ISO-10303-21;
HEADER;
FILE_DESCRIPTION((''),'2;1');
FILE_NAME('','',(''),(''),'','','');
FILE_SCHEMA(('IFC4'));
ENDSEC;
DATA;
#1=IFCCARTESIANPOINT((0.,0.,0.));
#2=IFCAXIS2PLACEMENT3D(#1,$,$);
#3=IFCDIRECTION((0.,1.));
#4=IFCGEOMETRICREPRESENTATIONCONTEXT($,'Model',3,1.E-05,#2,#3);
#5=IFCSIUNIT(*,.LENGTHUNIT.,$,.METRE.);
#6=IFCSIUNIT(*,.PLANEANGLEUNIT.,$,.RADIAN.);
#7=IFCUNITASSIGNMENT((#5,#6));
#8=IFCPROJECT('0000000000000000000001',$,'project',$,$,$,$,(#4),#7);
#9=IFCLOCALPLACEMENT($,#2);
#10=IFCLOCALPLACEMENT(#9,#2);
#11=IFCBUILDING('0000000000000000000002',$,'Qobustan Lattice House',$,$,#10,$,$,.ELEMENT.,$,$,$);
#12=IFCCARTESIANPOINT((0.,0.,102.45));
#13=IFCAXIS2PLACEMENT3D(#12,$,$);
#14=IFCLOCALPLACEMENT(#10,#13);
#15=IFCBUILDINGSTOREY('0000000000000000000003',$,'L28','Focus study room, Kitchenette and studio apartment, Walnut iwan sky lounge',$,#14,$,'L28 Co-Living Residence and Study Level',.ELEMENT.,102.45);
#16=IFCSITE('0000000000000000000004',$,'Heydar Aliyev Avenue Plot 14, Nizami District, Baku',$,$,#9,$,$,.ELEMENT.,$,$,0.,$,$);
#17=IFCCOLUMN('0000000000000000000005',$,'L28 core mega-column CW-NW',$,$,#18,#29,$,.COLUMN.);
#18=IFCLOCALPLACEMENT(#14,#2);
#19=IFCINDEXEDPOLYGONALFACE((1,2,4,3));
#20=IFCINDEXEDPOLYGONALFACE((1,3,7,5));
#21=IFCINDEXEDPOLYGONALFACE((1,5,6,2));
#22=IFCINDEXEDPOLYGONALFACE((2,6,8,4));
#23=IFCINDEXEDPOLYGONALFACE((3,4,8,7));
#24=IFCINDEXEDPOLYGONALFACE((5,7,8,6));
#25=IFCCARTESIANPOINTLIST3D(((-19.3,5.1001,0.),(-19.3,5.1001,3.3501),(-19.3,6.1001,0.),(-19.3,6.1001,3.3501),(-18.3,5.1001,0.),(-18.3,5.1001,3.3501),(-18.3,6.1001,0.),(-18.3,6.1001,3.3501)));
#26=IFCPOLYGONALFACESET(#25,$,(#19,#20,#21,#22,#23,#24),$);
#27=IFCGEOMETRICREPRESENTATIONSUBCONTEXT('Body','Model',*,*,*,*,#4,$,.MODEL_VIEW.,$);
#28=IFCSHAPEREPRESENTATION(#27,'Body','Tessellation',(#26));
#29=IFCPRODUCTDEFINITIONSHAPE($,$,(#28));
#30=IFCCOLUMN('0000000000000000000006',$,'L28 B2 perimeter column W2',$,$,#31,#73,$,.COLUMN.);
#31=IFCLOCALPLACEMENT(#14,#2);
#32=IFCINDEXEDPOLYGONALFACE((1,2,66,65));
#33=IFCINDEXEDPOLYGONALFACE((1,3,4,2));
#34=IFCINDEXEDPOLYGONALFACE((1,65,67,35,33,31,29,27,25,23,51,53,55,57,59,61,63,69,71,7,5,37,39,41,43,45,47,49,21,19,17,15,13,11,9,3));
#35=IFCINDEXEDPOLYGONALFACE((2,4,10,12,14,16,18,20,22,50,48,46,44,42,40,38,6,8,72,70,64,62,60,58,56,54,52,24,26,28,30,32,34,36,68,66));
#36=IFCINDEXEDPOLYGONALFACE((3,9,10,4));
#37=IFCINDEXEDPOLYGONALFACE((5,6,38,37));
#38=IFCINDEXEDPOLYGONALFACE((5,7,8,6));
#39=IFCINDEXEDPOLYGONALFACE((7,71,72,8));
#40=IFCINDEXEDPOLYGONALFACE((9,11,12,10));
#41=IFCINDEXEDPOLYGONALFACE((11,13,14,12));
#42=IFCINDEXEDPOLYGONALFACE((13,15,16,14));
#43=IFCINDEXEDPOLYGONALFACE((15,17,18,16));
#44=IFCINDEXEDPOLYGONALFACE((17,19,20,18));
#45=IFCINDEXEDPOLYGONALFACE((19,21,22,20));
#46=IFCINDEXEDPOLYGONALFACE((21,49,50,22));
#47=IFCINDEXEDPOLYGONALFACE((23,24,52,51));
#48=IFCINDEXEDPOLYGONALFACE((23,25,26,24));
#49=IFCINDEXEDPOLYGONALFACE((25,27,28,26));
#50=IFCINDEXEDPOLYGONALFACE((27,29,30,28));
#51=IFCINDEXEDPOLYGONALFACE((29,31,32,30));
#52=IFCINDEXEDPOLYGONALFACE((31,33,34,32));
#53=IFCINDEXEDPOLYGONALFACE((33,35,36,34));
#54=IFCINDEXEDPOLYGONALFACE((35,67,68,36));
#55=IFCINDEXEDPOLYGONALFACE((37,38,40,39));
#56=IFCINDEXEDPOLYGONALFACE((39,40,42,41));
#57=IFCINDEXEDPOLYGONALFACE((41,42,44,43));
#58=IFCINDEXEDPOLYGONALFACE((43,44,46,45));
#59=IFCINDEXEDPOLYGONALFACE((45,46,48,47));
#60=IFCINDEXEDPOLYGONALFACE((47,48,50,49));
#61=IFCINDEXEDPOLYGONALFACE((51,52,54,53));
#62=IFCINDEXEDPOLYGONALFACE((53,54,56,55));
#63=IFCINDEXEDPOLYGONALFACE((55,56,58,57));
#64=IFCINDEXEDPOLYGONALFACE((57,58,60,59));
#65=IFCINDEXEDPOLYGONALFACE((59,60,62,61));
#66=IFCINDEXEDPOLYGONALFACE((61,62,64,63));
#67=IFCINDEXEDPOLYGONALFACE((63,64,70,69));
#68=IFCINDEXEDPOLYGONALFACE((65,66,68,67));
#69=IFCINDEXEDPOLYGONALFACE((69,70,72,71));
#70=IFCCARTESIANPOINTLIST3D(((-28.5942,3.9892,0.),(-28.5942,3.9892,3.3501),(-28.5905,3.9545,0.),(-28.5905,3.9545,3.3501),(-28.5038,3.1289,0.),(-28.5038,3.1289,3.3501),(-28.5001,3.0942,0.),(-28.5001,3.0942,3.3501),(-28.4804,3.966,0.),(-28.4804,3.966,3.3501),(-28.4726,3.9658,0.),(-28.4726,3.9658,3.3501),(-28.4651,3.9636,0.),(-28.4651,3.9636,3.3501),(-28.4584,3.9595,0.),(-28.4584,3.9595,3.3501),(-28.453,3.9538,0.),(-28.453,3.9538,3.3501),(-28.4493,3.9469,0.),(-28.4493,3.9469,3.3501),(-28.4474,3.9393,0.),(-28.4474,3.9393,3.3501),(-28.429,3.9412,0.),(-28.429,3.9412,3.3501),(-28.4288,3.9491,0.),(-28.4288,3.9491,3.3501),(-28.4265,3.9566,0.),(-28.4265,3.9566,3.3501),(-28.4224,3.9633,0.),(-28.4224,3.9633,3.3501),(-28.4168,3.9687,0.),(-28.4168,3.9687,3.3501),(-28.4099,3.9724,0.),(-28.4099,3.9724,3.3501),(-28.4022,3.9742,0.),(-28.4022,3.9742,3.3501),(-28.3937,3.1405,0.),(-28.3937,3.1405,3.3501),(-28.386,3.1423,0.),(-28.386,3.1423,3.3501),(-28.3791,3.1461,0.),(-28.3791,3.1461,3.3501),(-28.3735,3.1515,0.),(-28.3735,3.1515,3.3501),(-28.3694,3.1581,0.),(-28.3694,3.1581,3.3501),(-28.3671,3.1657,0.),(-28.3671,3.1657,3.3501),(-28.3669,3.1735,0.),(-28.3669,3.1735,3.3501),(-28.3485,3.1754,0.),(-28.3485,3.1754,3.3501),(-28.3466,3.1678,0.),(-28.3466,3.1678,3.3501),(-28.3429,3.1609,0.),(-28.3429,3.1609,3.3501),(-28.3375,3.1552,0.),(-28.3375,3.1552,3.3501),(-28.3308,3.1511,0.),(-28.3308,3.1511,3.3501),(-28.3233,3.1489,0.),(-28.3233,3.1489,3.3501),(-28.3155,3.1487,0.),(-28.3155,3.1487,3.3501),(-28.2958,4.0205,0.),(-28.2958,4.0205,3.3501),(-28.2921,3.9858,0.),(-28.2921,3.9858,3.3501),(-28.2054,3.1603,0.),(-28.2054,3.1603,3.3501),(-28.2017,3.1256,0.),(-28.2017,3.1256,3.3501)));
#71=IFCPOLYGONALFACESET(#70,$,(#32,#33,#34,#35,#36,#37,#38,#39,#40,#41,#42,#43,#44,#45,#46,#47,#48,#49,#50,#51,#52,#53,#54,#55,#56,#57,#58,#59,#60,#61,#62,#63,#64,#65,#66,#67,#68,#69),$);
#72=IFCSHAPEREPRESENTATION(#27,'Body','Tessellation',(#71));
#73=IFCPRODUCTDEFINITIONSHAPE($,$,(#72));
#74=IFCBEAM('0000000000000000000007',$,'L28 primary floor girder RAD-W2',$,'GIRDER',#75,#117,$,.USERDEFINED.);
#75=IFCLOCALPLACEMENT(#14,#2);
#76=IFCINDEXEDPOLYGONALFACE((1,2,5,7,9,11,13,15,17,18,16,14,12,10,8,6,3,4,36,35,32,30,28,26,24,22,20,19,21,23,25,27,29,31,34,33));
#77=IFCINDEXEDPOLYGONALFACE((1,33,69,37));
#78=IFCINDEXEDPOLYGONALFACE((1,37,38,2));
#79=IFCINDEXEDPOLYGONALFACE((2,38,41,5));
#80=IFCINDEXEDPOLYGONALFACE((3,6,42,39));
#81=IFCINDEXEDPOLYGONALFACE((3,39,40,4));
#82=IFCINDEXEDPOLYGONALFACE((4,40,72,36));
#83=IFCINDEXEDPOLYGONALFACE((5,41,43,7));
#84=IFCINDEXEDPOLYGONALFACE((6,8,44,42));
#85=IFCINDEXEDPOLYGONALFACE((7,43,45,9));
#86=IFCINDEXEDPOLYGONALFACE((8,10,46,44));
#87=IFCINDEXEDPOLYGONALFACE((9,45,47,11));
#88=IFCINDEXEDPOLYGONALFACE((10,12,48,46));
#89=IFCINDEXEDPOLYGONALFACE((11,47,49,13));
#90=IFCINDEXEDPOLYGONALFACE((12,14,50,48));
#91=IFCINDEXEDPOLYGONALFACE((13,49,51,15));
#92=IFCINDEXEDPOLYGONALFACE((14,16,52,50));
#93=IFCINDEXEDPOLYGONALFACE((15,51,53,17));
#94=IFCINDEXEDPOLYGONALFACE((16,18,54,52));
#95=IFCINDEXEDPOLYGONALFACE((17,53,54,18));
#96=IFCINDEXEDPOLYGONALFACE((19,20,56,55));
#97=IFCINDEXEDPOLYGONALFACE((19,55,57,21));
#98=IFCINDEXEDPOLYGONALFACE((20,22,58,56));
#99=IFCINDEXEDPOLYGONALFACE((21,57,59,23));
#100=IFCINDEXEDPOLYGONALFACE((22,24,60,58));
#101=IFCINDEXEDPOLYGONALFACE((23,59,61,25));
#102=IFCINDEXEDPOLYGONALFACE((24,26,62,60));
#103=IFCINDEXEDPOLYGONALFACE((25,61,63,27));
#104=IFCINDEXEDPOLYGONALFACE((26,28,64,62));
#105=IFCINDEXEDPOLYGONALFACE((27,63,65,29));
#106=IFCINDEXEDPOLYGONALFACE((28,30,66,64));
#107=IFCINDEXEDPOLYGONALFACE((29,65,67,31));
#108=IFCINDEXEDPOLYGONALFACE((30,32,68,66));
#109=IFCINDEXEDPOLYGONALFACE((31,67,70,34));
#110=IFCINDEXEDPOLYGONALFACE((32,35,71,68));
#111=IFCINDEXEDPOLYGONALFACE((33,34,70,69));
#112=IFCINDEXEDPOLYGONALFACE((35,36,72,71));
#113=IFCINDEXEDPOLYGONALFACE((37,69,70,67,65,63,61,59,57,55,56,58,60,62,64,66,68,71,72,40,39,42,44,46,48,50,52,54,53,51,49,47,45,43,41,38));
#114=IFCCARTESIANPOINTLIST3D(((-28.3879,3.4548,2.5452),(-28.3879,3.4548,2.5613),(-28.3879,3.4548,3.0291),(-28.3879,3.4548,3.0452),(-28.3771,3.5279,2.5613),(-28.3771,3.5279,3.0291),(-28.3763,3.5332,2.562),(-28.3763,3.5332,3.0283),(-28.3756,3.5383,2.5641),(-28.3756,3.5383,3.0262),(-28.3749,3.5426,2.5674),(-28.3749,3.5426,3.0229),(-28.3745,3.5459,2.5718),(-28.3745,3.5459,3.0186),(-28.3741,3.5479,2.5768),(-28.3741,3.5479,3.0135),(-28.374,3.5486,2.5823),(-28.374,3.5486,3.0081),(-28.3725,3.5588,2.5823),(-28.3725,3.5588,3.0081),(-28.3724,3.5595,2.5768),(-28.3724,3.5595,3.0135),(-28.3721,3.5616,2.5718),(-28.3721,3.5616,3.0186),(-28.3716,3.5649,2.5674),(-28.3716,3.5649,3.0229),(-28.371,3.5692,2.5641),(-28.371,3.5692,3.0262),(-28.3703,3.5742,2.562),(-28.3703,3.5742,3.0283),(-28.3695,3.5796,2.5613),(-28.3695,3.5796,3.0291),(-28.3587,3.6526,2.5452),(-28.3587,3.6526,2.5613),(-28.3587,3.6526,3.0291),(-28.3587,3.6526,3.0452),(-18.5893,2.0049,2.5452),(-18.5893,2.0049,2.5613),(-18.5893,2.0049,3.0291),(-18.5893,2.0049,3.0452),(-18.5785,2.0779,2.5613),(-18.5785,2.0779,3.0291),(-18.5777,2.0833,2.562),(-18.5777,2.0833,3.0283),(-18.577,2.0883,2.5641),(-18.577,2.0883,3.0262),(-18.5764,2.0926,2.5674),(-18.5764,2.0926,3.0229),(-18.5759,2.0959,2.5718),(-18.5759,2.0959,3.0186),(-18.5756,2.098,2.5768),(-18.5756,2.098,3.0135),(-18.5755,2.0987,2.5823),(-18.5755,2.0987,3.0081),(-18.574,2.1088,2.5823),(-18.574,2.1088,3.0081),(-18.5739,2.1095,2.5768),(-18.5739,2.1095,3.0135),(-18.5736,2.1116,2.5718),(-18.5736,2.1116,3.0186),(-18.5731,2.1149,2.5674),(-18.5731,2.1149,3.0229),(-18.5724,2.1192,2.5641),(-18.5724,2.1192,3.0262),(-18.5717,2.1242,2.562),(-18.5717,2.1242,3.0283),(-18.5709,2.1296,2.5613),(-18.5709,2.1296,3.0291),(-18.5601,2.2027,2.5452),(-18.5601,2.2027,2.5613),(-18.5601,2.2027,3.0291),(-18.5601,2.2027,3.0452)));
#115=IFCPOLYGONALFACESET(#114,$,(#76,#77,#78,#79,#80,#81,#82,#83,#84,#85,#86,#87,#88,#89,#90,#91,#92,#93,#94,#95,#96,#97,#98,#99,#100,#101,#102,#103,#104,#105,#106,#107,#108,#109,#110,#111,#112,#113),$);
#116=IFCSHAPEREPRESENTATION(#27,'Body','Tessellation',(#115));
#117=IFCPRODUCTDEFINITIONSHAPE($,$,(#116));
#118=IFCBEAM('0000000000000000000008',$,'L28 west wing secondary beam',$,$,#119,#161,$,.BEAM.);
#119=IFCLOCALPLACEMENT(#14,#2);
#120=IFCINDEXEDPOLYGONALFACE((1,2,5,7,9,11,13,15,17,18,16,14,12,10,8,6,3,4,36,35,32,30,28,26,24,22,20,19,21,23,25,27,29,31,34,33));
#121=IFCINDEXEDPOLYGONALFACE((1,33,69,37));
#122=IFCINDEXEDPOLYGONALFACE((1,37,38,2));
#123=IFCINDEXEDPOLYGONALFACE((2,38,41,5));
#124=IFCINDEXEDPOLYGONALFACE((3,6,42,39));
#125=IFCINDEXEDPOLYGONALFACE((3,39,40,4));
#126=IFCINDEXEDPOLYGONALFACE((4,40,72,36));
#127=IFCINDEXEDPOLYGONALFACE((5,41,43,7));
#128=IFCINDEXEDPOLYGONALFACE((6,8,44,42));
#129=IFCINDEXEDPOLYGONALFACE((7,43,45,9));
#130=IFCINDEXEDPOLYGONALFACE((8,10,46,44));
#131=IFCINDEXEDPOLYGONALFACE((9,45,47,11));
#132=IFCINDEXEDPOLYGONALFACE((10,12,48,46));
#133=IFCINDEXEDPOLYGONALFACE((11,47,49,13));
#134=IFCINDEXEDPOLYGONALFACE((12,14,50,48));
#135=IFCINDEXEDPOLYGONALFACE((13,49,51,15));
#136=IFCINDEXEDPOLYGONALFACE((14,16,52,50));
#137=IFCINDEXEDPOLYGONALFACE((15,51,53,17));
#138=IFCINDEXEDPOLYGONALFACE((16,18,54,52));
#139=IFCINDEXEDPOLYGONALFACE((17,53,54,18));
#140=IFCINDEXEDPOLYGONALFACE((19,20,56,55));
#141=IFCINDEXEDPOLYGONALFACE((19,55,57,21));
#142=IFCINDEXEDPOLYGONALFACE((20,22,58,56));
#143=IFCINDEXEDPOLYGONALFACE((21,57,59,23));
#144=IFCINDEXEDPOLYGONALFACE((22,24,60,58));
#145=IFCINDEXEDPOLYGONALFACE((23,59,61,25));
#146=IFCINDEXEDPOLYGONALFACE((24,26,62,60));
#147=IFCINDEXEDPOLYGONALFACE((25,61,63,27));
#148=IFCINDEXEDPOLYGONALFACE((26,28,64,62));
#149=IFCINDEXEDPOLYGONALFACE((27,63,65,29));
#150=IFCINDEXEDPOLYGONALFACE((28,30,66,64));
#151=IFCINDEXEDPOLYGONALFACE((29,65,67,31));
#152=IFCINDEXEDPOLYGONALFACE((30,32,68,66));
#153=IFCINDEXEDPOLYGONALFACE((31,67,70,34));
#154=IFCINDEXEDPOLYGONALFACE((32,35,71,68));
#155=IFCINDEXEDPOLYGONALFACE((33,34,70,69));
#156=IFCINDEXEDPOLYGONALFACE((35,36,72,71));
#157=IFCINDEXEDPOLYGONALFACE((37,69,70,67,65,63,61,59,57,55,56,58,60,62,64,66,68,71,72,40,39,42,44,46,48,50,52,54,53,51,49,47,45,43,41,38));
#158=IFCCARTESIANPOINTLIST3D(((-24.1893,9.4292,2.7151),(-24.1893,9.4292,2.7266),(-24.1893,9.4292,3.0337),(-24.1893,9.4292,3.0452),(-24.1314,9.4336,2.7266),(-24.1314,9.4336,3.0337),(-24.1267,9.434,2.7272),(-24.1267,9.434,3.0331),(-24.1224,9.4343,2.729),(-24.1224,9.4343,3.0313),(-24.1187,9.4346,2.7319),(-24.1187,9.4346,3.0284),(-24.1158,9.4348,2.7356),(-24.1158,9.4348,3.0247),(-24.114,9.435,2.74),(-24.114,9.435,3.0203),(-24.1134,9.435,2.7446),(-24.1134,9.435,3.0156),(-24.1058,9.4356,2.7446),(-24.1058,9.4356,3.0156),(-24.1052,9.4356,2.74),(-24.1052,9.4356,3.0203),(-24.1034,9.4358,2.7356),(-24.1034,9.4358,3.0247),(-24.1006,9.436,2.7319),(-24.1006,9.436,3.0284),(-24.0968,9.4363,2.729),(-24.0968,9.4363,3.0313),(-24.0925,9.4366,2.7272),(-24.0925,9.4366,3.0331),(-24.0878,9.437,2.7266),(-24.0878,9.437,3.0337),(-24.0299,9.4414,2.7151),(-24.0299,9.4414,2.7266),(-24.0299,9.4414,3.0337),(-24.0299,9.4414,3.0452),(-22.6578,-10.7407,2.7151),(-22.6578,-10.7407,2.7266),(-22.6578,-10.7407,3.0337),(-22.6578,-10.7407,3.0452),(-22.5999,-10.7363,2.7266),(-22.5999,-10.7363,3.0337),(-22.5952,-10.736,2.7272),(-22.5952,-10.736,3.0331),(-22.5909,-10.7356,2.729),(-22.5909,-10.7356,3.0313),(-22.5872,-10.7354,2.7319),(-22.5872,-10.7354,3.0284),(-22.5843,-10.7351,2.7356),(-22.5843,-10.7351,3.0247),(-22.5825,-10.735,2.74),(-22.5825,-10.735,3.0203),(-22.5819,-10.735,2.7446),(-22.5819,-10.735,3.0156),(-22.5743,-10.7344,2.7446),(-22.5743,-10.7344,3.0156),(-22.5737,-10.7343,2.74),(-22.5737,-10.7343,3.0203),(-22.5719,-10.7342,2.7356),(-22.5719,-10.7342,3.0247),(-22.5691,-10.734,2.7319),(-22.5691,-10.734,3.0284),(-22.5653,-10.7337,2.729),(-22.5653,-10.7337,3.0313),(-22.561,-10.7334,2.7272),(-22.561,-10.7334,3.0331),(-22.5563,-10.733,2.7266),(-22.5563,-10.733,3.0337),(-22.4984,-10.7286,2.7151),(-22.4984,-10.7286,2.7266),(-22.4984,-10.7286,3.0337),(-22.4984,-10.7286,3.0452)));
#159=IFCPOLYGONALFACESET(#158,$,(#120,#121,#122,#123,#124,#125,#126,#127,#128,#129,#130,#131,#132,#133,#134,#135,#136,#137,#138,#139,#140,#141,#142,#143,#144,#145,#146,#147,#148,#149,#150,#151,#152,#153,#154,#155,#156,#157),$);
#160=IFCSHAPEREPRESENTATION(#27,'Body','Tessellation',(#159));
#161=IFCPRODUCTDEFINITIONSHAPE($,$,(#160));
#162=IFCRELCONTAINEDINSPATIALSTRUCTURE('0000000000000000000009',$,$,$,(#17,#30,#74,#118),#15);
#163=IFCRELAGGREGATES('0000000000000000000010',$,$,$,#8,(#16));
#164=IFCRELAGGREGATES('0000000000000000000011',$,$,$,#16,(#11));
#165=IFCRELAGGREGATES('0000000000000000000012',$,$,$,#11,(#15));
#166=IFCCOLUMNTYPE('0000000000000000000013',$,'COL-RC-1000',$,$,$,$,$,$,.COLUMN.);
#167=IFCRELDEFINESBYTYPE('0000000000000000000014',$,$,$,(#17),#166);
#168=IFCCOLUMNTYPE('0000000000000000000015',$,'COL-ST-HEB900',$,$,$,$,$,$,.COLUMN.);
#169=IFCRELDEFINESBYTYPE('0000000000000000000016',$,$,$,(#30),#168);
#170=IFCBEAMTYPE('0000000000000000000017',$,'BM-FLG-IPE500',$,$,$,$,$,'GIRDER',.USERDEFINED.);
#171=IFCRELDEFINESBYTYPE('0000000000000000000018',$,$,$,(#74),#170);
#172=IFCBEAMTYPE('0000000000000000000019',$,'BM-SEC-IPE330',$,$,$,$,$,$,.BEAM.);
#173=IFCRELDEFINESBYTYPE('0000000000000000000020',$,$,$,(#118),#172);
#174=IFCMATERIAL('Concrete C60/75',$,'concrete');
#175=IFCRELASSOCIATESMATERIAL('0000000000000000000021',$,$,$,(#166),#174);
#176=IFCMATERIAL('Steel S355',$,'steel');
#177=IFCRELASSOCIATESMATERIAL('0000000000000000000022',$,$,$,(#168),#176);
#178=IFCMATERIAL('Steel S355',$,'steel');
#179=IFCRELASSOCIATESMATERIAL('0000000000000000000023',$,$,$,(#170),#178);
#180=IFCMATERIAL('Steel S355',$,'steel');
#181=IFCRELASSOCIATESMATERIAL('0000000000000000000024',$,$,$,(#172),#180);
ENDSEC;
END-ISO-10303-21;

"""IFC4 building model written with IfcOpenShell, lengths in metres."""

from ifc_helpers import new_model, si_unit, direction, frame, origin, origin_2d, place, context, subcontext, project, spatial, rectangle, i_section, extrude, material, material_profile, profile_set, type_object, element, save


model = new_model("IFC4")

# Units and contexts
model_context = context("Model", 3, precision=1e-05, world=origin(), true_north=direction((0.0, 1.0)))
body_context = subcontext(model_context, "Body", "Model", "MODEL_VIEW")
ifc_project = project(units=[si_unit("LENGTHUNIT", "METRE"), si_unit("PLANEANGLEUNIT", "RADIAN")], contexts=[model_context])

# Site, building, storey
site_placement = place(None, origin())
site = spatial("IfcSite", under=ifc_project, at=site_placement, Name="Heydar Aliyev Avenue Plot 14, Nizami District, Baku", CompositionType="ELEMENT", RefElevation=0.0)
building_placement = place(site_placement, origin())
building = spatial("IfcBuilding", under=site, at=building_placement, Name="Qobustan Lattice House", CompositionType="ELEMENT")
storey_placement = place(building_placement, frame((0.0, 0.0, 102.45)))
storey = spatial("IfcBuildingStorey", under=building, at=storey_placement, Name="L28", Description="Focus study room, Kitchenette and studio apartment, Walnut iwan sky lounge", LongName="L28 Co-Living Residence and Study Level", CompositionType="ELEMENT", Elevation=102.45)

# Columns
ifc_material_1 = material(Name="Concrete C60/75", Category="concrete")
ifc_material_profile_1 = material_profile(ifc_material_1, rectangle(XDim=1.0, YDim=1.0, at=origin_2d()), Name="RC1000x1000")
ifc_profile_set_1 = profile_set([ifc_material_profile_1], Name="Concrete C60/75")
column_type_1 = type_object("IfcColumnType", Name="COL-RC-1000", PredefinedType="COLUMN", material=ifc_profile_set_1)
column_1_placement = place(storey_placement, frame((-18.8, 5.6001, 0.0), z_axis=(0.0, 0.0, 1.0), x_axis=(1.0, 0.0, 0.0)))
element("IfcColumn", 1, at=column_1_placement, inside=storey, type_object=column_type_1, Name="L28 core mega-column CW-NW", PredefinedType="COLUMN", context=body_context, shape_type="SweptSolid", body=[
    extrude(rectangle(XDim=1.0, YDim=1.0, at=origin_2d()), origin(), (0.0, 0.0, 1.0), 3.3501),
])
ifc_material_2 = material(Name="Steel S355", Category="steel")
ifc_material_profile_2 = material_profile(ifc_material_2, i_section(OverallWidth=0.3, OverallDepth=0.8999, WebThickness=0.0186, FlangeThickness=0.0349, FilletRadius=0.03, at=origin_2d()), Name="HEB900")
ifc_profile_set_2 = profile_set([ifc_material_profile_2], Name="Steel S355")
column_type_2 = type_object("IfcColumnType", Name="COL-ST-HEB900", PredefinedType="COLUMN", material=ifc_profile_set_2)
column_2_placement = place(storey_placement, frame((-28.3979, 3.5574, 0.0), z_axis=(0.0, 0.0, 1.0), x_axis=(0.994522, 0.104528, 0.0)))
element("IfcColumn", 2, at=column_2_placement, inside=storey, type_object=column_type_2, Name="L28 B2 perimeter column W2", PredefinedType="COLUMN", context=body_context, shape_type="SweptSolid", body=[
    extrude(i_section(OverallWidth=0.3, OverallDepth=0.8999, WebThickness=0.0186, FlangeThickness=0.0349, FilletRadius=0.03, at=origin_2d()), origin(), (0.0, 0.0, 1.0), 3.3501),
])

# Beams
ifc_material_3 = material(Name="Steel S355", Category="steel")
ifc_material_profile_3 = material_profile(ifc_material_3, i_section(OverallWidth=0.2, OverallDepth=0.5, WebThickness=0.0103, FlangeThickness=0.0161, FilletRadius=0.021, at=origin_2d()), Name="IPE500")
ifc_profile_set_3 = profile_set([ifc_material_profile_3], Name="Steel S355")
beam_type_1 = type_object("IfcBeamType", Name="BM-FLG-IPE500", ElementType="GIRDER", PredefinedType="USERDEFINED", material=ifc_profile_set_3)
beam_1_placement = place(storey_placement, frame((-28.3733, 3.5537, 2.7952), z_axis=(0.989228, -0.146382, 0.0), x_axis=(0.146382, 0.989228, 0.0)))
element("IfcBeam", 3, at=beam_1_placement, inside=storey, type_object=beam_type_1, Name="L28 primary floor girder RAD-W2", ObjectType="GIRDER", PredefinedType="USERDEFINED", context=body_context, shape_type="SweptSolid", body=[
    extrude(i_section(OverallWidth=0.2, OverallDepth=0.5, WebThickness=0.0103, FlangeThickness=0.0161, FilletRadius=0.021, at=origin_2d()), origin(), (0.0, 0.0, 1.0), 9.9053),
])
ifc_material_4 = material(Name="Steel S355", Category="steel")
ifc_material_profile_4 = material_profile(ifc_material_4, i_section(OverallWidth=0.1599, OverallDepth=0.3301, WebThickness=0.0076, FlangeThickness=0.0115, FilletRadius=0.0181, at=origin_2d()), Name="IPE330")
ifc_profile_set_4 = profile_set([ifc_material_profile_4], Name="Steel S355")
beam_type_2 = type_object("IfcBeamType", Name="BM-SEC-IPE330", PredefinedType="BEAM", material=ifc_profile_set_4)
beam_2_placement = place(storey_placement, frame((-24.1096, 9.4353, 2.8801), z_axis=(0.075712, -0.99713, 0.0), x_axis=(0.99713, 0.075712, 0.0)))
element("IfcBeam", 4, at=beam_2_placement, inside=storey, type_object=beam_type_2, Name="L28 west wing secondary beam", PredefinedType="BEAM", context=body_context, shape_type="SweptSolid", body=[
    extrude(i_section(OverallWidth=0.1599, OverallDepth=0.3301, WebThickness=0.0076, FlangeThickness=0.0115, FilletRadius=0.0181, at=origin_2d()), origin(), (0.0, 0.0, 1.0), 20.228),
])

save(model, "model.ifc")
